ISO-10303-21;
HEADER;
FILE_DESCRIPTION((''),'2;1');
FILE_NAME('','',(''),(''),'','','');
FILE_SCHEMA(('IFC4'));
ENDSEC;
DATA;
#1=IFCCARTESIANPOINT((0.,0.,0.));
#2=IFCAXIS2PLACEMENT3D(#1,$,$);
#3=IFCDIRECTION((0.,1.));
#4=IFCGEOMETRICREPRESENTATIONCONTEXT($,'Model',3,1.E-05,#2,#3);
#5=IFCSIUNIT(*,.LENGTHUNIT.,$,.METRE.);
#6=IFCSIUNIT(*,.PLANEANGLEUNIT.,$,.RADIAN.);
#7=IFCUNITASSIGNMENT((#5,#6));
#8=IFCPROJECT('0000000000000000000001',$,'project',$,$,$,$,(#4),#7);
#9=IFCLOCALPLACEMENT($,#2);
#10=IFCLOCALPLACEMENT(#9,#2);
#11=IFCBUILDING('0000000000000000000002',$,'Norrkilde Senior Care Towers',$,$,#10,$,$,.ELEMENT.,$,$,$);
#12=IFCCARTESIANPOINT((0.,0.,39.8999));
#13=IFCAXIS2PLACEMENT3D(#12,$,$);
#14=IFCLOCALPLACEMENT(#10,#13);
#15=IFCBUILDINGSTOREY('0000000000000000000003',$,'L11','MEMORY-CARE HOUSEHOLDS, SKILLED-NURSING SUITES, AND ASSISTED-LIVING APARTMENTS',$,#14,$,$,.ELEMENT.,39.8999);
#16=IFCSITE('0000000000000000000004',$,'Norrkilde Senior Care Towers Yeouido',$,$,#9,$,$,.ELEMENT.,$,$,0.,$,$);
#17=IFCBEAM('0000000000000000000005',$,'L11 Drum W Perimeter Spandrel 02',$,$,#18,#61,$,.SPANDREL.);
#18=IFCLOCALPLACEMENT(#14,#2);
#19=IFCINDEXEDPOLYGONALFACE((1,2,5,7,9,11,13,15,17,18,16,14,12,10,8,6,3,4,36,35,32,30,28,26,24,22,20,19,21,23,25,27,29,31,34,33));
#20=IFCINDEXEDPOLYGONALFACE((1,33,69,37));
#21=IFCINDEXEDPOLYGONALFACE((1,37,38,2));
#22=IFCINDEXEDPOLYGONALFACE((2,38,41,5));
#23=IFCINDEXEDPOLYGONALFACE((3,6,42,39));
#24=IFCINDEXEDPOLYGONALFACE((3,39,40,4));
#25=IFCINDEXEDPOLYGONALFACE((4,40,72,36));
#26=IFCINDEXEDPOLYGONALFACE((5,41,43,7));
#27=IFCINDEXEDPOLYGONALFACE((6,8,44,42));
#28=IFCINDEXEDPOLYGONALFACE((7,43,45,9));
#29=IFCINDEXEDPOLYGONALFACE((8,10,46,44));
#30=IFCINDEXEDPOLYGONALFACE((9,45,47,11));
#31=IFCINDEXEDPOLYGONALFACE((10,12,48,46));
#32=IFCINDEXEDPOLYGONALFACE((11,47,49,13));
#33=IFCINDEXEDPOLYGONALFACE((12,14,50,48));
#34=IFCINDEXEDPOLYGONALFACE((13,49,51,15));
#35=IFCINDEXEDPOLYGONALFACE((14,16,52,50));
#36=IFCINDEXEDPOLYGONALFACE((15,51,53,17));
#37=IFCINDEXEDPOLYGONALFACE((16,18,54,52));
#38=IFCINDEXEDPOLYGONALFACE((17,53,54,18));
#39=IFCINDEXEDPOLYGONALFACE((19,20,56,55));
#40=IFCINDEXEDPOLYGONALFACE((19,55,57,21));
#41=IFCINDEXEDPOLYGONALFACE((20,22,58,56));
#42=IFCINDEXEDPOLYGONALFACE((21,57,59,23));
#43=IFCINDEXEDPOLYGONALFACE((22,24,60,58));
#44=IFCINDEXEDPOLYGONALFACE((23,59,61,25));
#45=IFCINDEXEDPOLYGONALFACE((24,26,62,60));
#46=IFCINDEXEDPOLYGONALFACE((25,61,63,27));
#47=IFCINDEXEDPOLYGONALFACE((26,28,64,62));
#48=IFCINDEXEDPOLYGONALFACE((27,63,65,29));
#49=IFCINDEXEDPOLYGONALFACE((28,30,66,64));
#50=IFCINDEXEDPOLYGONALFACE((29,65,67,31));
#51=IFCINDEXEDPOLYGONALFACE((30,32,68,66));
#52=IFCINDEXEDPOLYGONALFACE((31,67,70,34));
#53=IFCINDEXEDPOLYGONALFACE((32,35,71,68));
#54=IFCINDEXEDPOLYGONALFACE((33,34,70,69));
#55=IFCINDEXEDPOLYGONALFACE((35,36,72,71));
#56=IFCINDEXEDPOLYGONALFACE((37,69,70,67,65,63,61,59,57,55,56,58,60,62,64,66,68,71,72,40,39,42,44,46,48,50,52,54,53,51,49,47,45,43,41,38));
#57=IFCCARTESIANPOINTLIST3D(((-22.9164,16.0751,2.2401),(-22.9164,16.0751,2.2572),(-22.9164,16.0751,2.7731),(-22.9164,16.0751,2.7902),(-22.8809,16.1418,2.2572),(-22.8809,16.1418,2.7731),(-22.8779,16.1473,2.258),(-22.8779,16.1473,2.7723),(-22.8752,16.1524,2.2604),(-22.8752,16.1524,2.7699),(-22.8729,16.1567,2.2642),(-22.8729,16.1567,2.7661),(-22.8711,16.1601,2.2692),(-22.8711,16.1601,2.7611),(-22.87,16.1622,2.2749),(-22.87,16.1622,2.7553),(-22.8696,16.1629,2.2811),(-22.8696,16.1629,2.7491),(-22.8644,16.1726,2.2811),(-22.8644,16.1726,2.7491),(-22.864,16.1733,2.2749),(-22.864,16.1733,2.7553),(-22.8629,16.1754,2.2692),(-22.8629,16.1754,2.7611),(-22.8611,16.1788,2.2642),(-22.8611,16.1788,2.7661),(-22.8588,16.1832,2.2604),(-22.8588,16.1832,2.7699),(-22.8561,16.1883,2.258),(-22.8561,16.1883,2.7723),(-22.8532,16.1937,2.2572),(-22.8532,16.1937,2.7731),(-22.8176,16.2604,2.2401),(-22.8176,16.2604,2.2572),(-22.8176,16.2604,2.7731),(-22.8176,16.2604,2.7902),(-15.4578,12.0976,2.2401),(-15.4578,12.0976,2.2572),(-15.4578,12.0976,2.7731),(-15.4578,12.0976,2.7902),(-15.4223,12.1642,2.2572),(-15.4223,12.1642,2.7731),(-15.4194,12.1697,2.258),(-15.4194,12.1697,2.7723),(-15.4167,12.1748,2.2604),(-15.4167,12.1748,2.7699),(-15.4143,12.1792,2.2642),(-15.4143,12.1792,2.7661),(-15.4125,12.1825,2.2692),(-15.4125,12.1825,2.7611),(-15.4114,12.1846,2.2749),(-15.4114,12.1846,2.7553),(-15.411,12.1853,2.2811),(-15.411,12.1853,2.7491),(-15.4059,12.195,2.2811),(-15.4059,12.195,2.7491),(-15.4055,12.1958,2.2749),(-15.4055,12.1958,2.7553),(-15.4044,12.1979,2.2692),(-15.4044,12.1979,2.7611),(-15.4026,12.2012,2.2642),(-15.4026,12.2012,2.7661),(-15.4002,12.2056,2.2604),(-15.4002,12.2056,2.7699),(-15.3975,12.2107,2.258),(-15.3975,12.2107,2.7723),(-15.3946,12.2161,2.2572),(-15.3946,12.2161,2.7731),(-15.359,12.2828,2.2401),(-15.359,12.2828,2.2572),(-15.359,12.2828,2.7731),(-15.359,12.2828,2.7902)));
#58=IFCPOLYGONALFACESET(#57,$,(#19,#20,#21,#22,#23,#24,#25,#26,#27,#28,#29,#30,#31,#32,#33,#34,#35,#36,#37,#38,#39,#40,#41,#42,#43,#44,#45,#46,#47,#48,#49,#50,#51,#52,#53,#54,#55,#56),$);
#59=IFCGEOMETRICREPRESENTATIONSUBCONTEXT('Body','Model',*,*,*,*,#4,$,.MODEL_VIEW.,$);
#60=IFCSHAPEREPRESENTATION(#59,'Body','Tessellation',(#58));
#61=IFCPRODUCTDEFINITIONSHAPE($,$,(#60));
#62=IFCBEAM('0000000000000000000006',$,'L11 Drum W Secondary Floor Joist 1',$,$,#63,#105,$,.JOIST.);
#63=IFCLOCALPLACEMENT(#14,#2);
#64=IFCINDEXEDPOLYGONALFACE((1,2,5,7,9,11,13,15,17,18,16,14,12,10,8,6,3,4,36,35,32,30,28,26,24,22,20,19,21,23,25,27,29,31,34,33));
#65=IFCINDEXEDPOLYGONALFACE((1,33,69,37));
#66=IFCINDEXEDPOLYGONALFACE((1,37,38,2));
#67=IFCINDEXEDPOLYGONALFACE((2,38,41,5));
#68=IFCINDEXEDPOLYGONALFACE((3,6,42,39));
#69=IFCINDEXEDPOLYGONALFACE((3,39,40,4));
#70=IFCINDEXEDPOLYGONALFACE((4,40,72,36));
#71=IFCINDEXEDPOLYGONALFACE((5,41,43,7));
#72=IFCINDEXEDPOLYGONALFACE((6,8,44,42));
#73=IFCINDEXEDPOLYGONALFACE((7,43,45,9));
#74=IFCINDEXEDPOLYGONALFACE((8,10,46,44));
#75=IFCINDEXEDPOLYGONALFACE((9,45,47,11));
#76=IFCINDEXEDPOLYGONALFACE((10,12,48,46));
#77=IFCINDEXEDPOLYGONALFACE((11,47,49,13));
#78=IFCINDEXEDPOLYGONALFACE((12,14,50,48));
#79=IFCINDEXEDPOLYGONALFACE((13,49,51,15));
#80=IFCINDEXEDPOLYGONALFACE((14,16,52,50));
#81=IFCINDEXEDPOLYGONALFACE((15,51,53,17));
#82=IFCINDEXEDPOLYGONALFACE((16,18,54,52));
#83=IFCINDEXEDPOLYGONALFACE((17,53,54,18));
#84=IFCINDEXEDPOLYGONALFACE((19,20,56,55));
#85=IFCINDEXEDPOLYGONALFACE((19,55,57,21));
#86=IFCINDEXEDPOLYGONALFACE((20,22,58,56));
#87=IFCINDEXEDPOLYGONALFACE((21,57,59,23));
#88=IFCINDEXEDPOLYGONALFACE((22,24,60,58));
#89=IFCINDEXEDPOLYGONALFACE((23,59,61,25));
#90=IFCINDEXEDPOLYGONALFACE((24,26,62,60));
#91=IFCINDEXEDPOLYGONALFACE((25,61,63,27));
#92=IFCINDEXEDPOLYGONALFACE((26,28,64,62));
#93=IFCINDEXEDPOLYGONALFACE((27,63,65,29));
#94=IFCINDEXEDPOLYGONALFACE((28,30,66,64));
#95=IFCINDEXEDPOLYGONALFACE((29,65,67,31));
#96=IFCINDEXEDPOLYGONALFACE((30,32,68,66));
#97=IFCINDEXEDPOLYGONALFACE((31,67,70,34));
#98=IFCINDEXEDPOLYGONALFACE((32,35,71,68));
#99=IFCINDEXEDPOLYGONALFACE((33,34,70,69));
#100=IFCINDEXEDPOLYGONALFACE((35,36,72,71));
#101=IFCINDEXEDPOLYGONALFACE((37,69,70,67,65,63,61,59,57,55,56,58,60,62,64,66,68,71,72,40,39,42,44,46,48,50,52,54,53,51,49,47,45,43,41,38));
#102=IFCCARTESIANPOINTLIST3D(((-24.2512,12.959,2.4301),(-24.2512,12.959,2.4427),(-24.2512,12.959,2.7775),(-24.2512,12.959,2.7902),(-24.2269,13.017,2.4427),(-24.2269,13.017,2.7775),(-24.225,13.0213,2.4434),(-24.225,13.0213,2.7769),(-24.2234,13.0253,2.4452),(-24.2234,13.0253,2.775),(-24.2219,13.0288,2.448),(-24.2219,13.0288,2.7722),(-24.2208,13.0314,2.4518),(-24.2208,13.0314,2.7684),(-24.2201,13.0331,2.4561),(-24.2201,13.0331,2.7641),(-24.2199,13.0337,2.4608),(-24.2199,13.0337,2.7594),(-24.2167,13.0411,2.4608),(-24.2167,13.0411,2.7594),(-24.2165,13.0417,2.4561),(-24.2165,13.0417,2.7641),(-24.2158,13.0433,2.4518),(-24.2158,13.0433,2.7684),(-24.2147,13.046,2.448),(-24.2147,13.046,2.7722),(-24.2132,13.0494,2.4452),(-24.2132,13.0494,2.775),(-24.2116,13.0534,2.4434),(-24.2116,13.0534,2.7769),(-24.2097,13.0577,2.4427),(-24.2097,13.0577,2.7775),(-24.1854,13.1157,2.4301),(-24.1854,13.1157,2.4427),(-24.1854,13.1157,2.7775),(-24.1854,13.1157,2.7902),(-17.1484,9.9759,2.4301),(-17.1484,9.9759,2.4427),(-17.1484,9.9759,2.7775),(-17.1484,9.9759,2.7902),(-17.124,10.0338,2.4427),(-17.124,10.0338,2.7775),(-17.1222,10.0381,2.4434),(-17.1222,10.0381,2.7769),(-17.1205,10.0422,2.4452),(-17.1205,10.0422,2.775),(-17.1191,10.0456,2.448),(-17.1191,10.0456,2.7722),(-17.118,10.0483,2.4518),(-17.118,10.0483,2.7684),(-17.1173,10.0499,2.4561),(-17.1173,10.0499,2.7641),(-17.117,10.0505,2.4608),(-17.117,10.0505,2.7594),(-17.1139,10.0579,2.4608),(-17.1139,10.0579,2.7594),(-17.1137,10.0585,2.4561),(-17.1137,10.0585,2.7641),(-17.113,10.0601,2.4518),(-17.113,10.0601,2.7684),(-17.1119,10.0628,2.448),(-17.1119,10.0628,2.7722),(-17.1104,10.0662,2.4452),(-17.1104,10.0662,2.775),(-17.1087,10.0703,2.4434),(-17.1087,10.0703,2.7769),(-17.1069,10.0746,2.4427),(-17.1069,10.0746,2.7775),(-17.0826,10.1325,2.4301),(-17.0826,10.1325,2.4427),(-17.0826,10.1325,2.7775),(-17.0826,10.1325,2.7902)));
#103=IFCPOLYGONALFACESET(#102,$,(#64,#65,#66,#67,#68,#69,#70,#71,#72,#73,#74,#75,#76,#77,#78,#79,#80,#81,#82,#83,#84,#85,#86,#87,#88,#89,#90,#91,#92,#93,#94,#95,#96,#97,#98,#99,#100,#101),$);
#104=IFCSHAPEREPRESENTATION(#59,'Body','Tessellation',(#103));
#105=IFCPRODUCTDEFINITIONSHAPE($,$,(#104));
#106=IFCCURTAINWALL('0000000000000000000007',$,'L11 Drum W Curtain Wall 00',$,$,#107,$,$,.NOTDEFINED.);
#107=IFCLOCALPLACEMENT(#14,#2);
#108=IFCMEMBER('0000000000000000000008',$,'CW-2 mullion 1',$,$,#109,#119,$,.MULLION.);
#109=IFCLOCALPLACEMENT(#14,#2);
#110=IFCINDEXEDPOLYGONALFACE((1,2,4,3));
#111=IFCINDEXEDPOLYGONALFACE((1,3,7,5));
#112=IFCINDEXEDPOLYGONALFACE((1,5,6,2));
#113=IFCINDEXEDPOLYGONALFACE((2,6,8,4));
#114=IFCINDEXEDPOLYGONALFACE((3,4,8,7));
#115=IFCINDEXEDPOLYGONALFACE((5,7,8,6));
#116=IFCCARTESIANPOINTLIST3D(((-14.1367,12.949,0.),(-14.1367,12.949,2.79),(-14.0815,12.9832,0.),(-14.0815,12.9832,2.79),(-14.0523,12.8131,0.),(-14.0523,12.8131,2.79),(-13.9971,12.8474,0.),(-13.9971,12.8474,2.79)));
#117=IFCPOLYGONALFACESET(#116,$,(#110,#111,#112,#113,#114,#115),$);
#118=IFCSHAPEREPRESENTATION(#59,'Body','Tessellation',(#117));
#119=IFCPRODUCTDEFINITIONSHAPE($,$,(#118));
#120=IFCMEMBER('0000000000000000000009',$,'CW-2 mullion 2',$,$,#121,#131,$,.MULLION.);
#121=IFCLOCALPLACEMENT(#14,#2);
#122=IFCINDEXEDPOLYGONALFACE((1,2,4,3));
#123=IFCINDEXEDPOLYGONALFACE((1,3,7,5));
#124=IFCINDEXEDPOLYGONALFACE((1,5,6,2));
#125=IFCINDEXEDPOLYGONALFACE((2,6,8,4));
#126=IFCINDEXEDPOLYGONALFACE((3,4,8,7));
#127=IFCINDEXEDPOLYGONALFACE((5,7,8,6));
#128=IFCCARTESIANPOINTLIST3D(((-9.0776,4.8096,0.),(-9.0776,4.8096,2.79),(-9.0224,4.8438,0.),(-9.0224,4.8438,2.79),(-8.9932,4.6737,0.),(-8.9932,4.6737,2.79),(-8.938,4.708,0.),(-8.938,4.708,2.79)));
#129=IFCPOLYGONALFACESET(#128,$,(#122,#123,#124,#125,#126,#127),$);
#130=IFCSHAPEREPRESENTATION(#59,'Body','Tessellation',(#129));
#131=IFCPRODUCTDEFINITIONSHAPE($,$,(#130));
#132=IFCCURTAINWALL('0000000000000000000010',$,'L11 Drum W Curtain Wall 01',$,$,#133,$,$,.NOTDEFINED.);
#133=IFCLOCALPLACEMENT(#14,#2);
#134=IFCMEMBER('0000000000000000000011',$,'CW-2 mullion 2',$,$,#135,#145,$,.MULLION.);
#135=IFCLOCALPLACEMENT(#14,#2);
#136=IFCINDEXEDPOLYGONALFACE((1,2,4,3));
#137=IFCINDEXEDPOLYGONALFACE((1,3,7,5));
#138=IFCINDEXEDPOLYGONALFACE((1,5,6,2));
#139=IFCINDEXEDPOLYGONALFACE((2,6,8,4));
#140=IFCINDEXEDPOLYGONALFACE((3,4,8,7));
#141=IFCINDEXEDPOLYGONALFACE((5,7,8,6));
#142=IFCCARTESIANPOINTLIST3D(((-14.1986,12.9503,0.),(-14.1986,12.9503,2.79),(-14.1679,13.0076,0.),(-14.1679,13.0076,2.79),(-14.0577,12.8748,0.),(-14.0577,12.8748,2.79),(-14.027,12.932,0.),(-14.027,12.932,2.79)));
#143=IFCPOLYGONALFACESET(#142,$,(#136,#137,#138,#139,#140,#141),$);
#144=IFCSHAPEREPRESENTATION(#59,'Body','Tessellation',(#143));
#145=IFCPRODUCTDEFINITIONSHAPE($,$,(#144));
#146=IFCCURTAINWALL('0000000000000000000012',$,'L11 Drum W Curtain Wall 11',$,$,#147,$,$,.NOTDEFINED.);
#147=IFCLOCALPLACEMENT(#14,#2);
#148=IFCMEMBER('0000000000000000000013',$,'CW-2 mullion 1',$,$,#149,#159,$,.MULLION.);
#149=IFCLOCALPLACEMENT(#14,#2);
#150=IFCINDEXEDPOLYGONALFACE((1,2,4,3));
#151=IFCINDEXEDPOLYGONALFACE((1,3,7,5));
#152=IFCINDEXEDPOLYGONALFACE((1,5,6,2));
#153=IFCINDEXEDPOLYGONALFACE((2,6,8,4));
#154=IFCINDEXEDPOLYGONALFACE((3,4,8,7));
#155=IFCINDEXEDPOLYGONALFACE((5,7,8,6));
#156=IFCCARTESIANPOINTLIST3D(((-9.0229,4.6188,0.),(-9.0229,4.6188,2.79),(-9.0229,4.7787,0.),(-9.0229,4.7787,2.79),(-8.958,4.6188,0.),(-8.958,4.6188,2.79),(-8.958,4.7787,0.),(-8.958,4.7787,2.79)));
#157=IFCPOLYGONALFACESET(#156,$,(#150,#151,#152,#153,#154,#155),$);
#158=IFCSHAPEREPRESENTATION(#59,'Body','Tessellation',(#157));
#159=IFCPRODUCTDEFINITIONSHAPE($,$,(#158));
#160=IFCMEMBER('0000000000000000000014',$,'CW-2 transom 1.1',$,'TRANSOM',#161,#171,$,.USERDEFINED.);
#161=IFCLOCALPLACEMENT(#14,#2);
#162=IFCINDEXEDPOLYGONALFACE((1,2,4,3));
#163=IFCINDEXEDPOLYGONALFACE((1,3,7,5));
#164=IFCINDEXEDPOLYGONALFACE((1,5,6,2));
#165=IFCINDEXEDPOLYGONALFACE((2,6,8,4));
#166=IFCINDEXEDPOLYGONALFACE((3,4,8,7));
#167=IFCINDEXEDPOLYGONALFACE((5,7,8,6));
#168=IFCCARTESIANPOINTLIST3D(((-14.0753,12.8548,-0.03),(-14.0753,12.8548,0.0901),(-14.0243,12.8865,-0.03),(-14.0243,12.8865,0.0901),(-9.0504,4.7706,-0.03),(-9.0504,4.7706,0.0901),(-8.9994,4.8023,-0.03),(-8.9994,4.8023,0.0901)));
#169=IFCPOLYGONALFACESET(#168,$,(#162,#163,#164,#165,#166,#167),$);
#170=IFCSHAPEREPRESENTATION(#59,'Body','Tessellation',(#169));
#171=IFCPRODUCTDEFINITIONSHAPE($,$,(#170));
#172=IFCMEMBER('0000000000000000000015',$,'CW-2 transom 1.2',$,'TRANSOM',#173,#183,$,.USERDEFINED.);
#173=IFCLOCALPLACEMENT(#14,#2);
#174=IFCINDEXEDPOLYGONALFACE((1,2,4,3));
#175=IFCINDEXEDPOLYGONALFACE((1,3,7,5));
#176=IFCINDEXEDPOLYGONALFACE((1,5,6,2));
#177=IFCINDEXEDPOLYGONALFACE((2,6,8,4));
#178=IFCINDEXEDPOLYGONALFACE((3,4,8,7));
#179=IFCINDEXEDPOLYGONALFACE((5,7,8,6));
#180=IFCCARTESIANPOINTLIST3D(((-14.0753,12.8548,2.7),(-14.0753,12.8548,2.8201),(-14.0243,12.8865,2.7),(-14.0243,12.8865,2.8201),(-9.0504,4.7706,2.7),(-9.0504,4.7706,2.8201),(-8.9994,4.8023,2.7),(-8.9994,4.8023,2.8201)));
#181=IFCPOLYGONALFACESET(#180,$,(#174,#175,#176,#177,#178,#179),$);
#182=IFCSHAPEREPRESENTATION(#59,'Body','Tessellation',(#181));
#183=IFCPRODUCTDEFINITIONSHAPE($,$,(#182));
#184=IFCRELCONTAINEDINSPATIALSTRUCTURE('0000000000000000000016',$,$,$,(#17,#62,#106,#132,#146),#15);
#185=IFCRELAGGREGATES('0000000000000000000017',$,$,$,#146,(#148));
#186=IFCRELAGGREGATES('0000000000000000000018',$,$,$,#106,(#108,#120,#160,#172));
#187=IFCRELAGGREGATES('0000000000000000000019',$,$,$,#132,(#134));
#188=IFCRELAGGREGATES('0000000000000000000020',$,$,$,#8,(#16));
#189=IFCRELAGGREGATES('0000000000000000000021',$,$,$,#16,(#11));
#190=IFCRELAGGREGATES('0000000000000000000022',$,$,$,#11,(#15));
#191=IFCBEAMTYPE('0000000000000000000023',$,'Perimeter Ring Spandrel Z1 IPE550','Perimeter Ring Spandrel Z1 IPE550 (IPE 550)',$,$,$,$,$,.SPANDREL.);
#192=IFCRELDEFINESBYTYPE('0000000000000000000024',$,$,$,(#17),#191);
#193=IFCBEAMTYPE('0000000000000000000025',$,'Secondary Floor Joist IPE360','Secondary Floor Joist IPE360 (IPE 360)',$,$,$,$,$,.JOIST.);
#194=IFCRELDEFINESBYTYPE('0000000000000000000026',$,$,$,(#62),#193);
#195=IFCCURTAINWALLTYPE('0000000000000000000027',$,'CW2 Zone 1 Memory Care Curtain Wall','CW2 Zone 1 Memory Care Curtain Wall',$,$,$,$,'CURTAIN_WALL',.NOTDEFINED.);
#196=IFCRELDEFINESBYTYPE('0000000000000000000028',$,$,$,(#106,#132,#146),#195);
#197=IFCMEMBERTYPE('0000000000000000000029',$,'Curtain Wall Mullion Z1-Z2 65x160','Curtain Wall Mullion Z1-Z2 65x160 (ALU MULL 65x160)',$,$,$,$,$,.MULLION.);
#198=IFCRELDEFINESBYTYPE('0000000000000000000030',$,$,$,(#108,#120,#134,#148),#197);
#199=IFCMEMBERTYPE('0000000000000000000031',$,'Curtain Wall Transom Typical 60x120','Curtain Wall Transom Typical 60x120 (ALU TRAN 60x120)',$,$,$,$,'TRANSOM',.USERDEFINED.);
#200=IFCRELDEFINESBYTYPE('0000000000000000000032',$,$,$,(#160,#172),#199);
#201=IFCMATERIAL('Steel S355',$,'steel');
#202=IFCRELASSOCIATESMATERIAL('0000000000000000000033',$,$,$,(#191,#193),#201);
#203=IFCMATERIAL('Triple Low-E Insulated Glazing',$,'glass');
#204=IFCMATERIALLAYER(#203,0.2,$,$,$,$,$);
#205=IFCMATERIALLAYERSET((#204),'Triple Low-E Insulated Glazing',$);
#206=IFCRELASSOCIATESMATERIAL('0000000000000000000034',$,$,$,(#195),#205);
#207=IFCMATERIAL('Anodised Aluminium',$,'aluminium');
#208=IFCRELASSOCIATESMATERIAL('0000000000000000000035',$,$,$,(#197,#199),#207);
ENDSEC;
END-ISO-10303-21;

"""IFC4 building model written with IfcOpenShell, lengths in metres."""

from ifc_helpers import new_model, si_unit, direction, frame, origin, origin_2d, place, context, subcontext, project, spatial, rectangle, i_section, extrude, source, transform, mapped, material, layer, layer_set, material_profile, profile_set, type_object, type_shapes, element, aggregate, save


model = new_model("IFC4")

# Units and contexts
model_context = context("Model", 3, precision=1e-05, world=origin(), true_north=direction((0.0, 1.0)))
body_context = subcontext(model_context, "Body", "Model", "MODEL_VIEW")
ifc_project = project(units=[si_unit("LENGTHUNIT", "METRE"), si_unit("PLANEANGLEUNIT", "RADIAN")], contexts=[model_context])

# Site, building, storey
site_placement = place(None, origin())
site = spatial("IfcSite", under=ifc_project, at=site_placement, Name="Norrkilde Senior Care Towers Yeouido", CompositionType="ELEMENT", RefElevation=0.0)
building_placement = place(site_placement, origin())
building = spatial("IfcBuilding", under=site, at=building_placement, Name="Norrkilde Senior Care Towers", CompositionType="ELEMENT")
storey_placement = place(building_placement, frame((0.0, 0.0, 39.8999)))
storey = spatial("IfcBuildingStorey", under=building, at=storey_placement, Name="L11", Description="MEMORY-CARE HOUSEHOLDS, SKILLED-NURSING SUITES, AND ASSISTED-LIVING APARTMENTS", CompositionType="ELEMENT", Elevation=39.8999)

# Beams
ifc_material_1 = material(Name="Steel S355", Category="steel")
ifc_material_profile_1 = material_profile(ifc_material_1, i_section(OverallWidth=0.21, OverallDepth=0.55, WebThickness=0.011, FlangeThickness=0.0171, FilletRadius=0.0239, at=origin_2d()), Name="IPE 550")
ifc_profile_set_1 = profile_set([ifc_material_profile_1], Name="Steel S355")
beam_type_1 = type_object("IfcBeamType", Name="Perimeter Ring Spandrel Z1 IPE550", Description="Perimeter Ring Spandrel Z1 IPE550 (IPE 550)", PredefinedType="SPANDREL", material=ifc_profile_set_1)
shared_shape_1 = source(origin(), body_context, "Body", "SweptSolid", [
    extrude(i_section(OverallWidth=0.21, OverallDepth=0.55, WebThickness=0.011, FlangeThickness=0.0171, FilletRadius=0.0239, at=origin_2d()), origin(), (0.0, 0.0, 1.0), 8.4529),
])
beam_1_placement = place(storey_placement, frame((-15.4084, 12.1902, 2.5151), z_axis=(-0.882369, 0.470558, 0.0), x_axis=(-0.470558, -0.882369, 0.0)))
element("IfcBeam", 1, at=beam_1_placement, inside=storey, type_object=beam_type_1, Name="L11 Drum W Perimeter Spandrel 02", PredefinedType="SPANDREL", context=body_context, shape_type="MappedRepresentation", body=[
    mapped(shared_shape_1, transform((0.0, 0.0, 0.0), x_axis=(1.0, 0.0, 0.0), y_axis=(0.0, 1.0, 0.0), z_axis=(0.0, 0.0, 1.0), scale=1.0)),
])
ifc_material_profile_2 = material_profile(ifc_material_1, i_section(OverallWidth=0.1699, OverallDepth=0.3601, WebThickness=0.0081, FlangeThickness=0.0127, FilletRadius=0.0181, at=origin_2d()), Name="IPE 360")
ifc_profile_set_2 = profile_set([ifc_material_profile_2], Name="Steel S355")
beam_type_2 = type_object("IfcBeamType", Name="Secondary Floor Joist IPE360", Description="Secondary Floor Joist IPE360 (IPE 360)", PredefinedType="JOIST", material=ifc_profile_set_2)
shared_shape_2 = source(origin(), body_context, "Body", "SweptSolid", [
    extrude(i_section(OverallWidth=0.1699, OverallDepth=0.3601, WebThickness=0.0081, FlangeThickness=0.0127, FilletRadius=0.0181, at=origin_2d()), origin(), (0.0, 0.0, 1.0), 7.7039),
])
type_shapes(beam_type_2, [shared_shape_2])
beam_2_placement = place(storey_placement, frame((-17.1155, 10.0542, 2.6101), z_axis=(-0.921983, 0.387231, 0.0), x_axis=(-0.387231, -0.921983, 0.0)))
element("IfcBeam", 2, at=beam_2_placement, inside=storey, type_object=beam_type_2, Name="L11 Drum W Secondary Floor Joist 1", PredefinedType="JOIST", context=body_context, shape_type="MappedRepresentation", body=[
    mapped(shared_shape_2, transform((0.0, 0.0, 0.0), x_axis=(1.0, 0.0, 0.0), y_axis=(0.0, 1.0, 0.0), z_axis=(0.0, 0.0, 1.0), scale=1.0)),
])

# Curtain wall, members
ifc_material_2 = material(Name="Triple Low-E Insulated Glazing", Category="glass")
ifc_layer_1 = layer(ifc_material_2, 0.2)
ifc_layer_set_1 = layer_set([ifc_layer_1], Name="Triple Low-E Insulated Glazing")
curtain_wall_type = type_object("IfcCurtainWallType", Name="CW2 Zone 1 Memory Care Curtain Wall", Description="CW2 Zone 1 Memory Care Curtain Wall", ElementType="CURTAIN_WALL", PredefinedType="NOTDEFINED", material=ifc_layer_set_1)
curtain_wall_1_placement = place(storey_placement, origin())
curtain_wall_1 = element("IfcCurtainWall", 3, at=curtain_wall_1_placement, inside=storey, type_object=curtain_wall_type, Name="L11 Drum W Curtain Wall 00", PredefinedType="NOTDEFINED")
ifc_material_3 = material(Name="Anodised Aluminium", Category="aluminium")
ifc_material_profile_3 = material_profile(ifc_material_3, rectangle(XDim=0.0649, YDim=0.1599, at=origin_2d()), Name="ALU MULL 65x160")
ifc_profile_set_3 = profile_set([ifc_material_profile_3], Name="Anodised Aluminium")
member_type_1 = type_object("IfcMemberType", Name="Curtain Wall Mullion Z1-Z2 65x160", Description="Curtain Wall Mullion Z1-Z2 65x160 (ALU MULL 65x160)", PredefinedType="MULLION", material=ifc_profile_set_3)
shared_shape_3 = source(origin(), body_context, "Body", "SweptSolid", [
    extrude(rectangle(XDim=0.0649, YDim=0.1599, at=origin_2d()), origin(), (0.0, 0.0, 1.0), 2.79),
])
type_shapes(member_type_1, [shared_shape_3])
member_1_placement = place(storey_placement, frame((-14.0669, 12.8982, 0.0), z_axis=(0.0, 0.0, 1.0), x_axis=(0.849306, 0.527901, 0.0)))
member_1 = element("IfcMember", 4, at=member_1_placement, type_object=member_type_1, Name="CW-2 mullion 1", PredefinedType="MULLION", context=body_context, shape_type="MappedRepresentation", body=[
    mapped(shared_shape_3, transform((0.0, 0.0, 0.0), x_axis=(1.0, 0.0, 0.0), y_axis=(0.0, 1.0, 0.0), z_axis=(0.0, 0.0, 1.0), scale=1.0)),
])
member_2_placement = place(storey_placement, frame((-9.0078, 4.7588, 0.0), z_axis=(0.0, 0.0, 1.0), x_axis=(0.849306, 0.527901, 0.0)))
member_2 = element("IfcMember", 5, at=member_2_placement, type_object=member_type_1, Name="CW-2 mullion 2", PredefinedType="MULLION", context=body_context, shape_type="MappedRepresentation", body=[
    mapped(shared_shape_3, transform((0.0, 0.0, 0.0), x_axis=(1.0, 0.0, 0.0), y_axis=(0.0, 1.0, 0.0), z_axis=(0.0, 0.0, 1.0), scale=1.0)),
])

# Curtain walls, members
curtain_wall_2_placement = place(storey_placement, origin())
curtain_wall_2 = element("IfcCurtainWall", 6, at=curtain_wall_2_placement, inside=storey, type_object=curtain_wall_type, Name="L11 Drum W Curtain Wall 01", PredefinedType="NOTDEFINED")
member_3_placement = place(storey_placement, frame((-14.1128, 12.9412, 0.0), z_axis=(0.0, 0.0, 1.0), x_axis=(0.472608, 0.881273, 0.0)))
member_3 = element("IfcMember", 7, at=member_3_placement, type_object=member_type_1, Name="CW-2 mullion 2", PredefinedType="MULLION", context=body_context, shape_type="MappedRepresentation", body=[
    mapped(shared_shape_3, transform((0.0, 0.0, 0.0), x_axis=(1.0, 0.0, 0.0), y_axis=(0.0, 1.0, 0.0), z_axis=(0.0, 0.0, 1.0), scale=1.0)),
])
curtain_wall_3_placement = place(storey_placement, origin())
curtain_wall_3 = element("IfcCurtainWall", 8, at=curtain_wall_3_placement, inside=storey, type_object=curtain_wall_type, Name="L11 Drum W Curtain Wall 11", PredefinedType="NOTDEFINED")
member_4_placement = place(storey_placement, frame((-8.9905, 4.6987, 0.0), z_axis=(0.0, 0.0, 1.0), x_axis=(1.0, 0.0, 0.0)))
member_4 = element("IfcMember", 9, at=member_4_placement, type_object=member_type_1, Name="CW-2 mullion 1", PredefinedType="MULLION", context=body_context, shape_type="MappedRepresentation", body=[
    mapped(shared_shape_3, transform((0.0, 0.0, 0.0), x_axis=(1.0, 0.0, 0.0), y_axis=(0.0, 1.0, 0.0), z_axis=(0.0, 0.0, 1.0), scale=1.0)),
])

# Members
ifc_material_profile_4 = material_profile(ifc_material_3, rectangle(XDim=0.0601, YDim=0.1201, at=origin_2d()), Name="ALU TRAN 60x120")
ifc_profile_set_4 = profile_set([ifc_material_profile_4], Name="Anodised Aluminium")
member_type_2 = type_object("IfcMemberType", Name="Curtain Wall Transom Typical 60x120", Description="Curtain Wall Transom Typical 60x120 (ALU TRAN 60x120)", ElementType="TRANSOM", PredefinedType="USERDEFINED", material=ifc_profile_set_4)
shared_shape_4 = source(origin(), body_context, "Body", "SweptSolid", [
    extrude(rectangle(XDim=0.0601, YDim=0.1201, at=origin_2d()), origin(), (0.0, 0.0, 1.0), 9.5186),
])
member_5_placement = place(storey_placement, frame((-14.0498, 12.8706, 0.03), z_axis=(0.527902, -0.849306, 0.0), x_axis=(0.849306, 0.527902, 0.0)))
member_5 = element("IfcMember", 10, at=member_5_placement, type_object=member_type_2, Name="CW-2 transom 1.1", ObjectType="TRANSOM", PredefinedType="USERDEFINED", context=body_context, shape_type="MappedRepresentation", body=[
    mapped(shared_shape_4, transform((0.0, 0.0, 0.0), x_axis=(1.0, 0.0, 0.0), y_axis=(0.0, 1.0, 0.0), z_axis=(0.0, 0.0, 1.0), scale=1.0)),
])
member_6_placement = place(storey_placement, frame((-14.0498, 12.8706, 2.76), z_axis=(0.527902, -0.849306, 0.0), x_axis=(0.849306, 0.527902, 0.0)))
member_6 = element("IfcMember", 11, at=member_6_placement, type_object=member_type_2, Name="CW-2 transom 1.2", ObjectType="TRANSOM", PredefinedType="USERDEFINED", context=body_context, shape_type="MappedRepresentation", body=[
    mapped(shared_shape_4, transform((0.0, 0.0, 0.0), x_axis=(1.0, 0.0, 0.0), y_axis=(0.0, 1.0, 0.0), z_axis=(0.0, 0.0, 1.0), scale=1.0)),
])
aggregate(curtain_wall_3, [member_4])

aggregate(curtain_wall_1, [member_1, member_2, member_5, member_6])
aggregate(curtain_wall_2, [member_3])

save(model, "model.ifc")
